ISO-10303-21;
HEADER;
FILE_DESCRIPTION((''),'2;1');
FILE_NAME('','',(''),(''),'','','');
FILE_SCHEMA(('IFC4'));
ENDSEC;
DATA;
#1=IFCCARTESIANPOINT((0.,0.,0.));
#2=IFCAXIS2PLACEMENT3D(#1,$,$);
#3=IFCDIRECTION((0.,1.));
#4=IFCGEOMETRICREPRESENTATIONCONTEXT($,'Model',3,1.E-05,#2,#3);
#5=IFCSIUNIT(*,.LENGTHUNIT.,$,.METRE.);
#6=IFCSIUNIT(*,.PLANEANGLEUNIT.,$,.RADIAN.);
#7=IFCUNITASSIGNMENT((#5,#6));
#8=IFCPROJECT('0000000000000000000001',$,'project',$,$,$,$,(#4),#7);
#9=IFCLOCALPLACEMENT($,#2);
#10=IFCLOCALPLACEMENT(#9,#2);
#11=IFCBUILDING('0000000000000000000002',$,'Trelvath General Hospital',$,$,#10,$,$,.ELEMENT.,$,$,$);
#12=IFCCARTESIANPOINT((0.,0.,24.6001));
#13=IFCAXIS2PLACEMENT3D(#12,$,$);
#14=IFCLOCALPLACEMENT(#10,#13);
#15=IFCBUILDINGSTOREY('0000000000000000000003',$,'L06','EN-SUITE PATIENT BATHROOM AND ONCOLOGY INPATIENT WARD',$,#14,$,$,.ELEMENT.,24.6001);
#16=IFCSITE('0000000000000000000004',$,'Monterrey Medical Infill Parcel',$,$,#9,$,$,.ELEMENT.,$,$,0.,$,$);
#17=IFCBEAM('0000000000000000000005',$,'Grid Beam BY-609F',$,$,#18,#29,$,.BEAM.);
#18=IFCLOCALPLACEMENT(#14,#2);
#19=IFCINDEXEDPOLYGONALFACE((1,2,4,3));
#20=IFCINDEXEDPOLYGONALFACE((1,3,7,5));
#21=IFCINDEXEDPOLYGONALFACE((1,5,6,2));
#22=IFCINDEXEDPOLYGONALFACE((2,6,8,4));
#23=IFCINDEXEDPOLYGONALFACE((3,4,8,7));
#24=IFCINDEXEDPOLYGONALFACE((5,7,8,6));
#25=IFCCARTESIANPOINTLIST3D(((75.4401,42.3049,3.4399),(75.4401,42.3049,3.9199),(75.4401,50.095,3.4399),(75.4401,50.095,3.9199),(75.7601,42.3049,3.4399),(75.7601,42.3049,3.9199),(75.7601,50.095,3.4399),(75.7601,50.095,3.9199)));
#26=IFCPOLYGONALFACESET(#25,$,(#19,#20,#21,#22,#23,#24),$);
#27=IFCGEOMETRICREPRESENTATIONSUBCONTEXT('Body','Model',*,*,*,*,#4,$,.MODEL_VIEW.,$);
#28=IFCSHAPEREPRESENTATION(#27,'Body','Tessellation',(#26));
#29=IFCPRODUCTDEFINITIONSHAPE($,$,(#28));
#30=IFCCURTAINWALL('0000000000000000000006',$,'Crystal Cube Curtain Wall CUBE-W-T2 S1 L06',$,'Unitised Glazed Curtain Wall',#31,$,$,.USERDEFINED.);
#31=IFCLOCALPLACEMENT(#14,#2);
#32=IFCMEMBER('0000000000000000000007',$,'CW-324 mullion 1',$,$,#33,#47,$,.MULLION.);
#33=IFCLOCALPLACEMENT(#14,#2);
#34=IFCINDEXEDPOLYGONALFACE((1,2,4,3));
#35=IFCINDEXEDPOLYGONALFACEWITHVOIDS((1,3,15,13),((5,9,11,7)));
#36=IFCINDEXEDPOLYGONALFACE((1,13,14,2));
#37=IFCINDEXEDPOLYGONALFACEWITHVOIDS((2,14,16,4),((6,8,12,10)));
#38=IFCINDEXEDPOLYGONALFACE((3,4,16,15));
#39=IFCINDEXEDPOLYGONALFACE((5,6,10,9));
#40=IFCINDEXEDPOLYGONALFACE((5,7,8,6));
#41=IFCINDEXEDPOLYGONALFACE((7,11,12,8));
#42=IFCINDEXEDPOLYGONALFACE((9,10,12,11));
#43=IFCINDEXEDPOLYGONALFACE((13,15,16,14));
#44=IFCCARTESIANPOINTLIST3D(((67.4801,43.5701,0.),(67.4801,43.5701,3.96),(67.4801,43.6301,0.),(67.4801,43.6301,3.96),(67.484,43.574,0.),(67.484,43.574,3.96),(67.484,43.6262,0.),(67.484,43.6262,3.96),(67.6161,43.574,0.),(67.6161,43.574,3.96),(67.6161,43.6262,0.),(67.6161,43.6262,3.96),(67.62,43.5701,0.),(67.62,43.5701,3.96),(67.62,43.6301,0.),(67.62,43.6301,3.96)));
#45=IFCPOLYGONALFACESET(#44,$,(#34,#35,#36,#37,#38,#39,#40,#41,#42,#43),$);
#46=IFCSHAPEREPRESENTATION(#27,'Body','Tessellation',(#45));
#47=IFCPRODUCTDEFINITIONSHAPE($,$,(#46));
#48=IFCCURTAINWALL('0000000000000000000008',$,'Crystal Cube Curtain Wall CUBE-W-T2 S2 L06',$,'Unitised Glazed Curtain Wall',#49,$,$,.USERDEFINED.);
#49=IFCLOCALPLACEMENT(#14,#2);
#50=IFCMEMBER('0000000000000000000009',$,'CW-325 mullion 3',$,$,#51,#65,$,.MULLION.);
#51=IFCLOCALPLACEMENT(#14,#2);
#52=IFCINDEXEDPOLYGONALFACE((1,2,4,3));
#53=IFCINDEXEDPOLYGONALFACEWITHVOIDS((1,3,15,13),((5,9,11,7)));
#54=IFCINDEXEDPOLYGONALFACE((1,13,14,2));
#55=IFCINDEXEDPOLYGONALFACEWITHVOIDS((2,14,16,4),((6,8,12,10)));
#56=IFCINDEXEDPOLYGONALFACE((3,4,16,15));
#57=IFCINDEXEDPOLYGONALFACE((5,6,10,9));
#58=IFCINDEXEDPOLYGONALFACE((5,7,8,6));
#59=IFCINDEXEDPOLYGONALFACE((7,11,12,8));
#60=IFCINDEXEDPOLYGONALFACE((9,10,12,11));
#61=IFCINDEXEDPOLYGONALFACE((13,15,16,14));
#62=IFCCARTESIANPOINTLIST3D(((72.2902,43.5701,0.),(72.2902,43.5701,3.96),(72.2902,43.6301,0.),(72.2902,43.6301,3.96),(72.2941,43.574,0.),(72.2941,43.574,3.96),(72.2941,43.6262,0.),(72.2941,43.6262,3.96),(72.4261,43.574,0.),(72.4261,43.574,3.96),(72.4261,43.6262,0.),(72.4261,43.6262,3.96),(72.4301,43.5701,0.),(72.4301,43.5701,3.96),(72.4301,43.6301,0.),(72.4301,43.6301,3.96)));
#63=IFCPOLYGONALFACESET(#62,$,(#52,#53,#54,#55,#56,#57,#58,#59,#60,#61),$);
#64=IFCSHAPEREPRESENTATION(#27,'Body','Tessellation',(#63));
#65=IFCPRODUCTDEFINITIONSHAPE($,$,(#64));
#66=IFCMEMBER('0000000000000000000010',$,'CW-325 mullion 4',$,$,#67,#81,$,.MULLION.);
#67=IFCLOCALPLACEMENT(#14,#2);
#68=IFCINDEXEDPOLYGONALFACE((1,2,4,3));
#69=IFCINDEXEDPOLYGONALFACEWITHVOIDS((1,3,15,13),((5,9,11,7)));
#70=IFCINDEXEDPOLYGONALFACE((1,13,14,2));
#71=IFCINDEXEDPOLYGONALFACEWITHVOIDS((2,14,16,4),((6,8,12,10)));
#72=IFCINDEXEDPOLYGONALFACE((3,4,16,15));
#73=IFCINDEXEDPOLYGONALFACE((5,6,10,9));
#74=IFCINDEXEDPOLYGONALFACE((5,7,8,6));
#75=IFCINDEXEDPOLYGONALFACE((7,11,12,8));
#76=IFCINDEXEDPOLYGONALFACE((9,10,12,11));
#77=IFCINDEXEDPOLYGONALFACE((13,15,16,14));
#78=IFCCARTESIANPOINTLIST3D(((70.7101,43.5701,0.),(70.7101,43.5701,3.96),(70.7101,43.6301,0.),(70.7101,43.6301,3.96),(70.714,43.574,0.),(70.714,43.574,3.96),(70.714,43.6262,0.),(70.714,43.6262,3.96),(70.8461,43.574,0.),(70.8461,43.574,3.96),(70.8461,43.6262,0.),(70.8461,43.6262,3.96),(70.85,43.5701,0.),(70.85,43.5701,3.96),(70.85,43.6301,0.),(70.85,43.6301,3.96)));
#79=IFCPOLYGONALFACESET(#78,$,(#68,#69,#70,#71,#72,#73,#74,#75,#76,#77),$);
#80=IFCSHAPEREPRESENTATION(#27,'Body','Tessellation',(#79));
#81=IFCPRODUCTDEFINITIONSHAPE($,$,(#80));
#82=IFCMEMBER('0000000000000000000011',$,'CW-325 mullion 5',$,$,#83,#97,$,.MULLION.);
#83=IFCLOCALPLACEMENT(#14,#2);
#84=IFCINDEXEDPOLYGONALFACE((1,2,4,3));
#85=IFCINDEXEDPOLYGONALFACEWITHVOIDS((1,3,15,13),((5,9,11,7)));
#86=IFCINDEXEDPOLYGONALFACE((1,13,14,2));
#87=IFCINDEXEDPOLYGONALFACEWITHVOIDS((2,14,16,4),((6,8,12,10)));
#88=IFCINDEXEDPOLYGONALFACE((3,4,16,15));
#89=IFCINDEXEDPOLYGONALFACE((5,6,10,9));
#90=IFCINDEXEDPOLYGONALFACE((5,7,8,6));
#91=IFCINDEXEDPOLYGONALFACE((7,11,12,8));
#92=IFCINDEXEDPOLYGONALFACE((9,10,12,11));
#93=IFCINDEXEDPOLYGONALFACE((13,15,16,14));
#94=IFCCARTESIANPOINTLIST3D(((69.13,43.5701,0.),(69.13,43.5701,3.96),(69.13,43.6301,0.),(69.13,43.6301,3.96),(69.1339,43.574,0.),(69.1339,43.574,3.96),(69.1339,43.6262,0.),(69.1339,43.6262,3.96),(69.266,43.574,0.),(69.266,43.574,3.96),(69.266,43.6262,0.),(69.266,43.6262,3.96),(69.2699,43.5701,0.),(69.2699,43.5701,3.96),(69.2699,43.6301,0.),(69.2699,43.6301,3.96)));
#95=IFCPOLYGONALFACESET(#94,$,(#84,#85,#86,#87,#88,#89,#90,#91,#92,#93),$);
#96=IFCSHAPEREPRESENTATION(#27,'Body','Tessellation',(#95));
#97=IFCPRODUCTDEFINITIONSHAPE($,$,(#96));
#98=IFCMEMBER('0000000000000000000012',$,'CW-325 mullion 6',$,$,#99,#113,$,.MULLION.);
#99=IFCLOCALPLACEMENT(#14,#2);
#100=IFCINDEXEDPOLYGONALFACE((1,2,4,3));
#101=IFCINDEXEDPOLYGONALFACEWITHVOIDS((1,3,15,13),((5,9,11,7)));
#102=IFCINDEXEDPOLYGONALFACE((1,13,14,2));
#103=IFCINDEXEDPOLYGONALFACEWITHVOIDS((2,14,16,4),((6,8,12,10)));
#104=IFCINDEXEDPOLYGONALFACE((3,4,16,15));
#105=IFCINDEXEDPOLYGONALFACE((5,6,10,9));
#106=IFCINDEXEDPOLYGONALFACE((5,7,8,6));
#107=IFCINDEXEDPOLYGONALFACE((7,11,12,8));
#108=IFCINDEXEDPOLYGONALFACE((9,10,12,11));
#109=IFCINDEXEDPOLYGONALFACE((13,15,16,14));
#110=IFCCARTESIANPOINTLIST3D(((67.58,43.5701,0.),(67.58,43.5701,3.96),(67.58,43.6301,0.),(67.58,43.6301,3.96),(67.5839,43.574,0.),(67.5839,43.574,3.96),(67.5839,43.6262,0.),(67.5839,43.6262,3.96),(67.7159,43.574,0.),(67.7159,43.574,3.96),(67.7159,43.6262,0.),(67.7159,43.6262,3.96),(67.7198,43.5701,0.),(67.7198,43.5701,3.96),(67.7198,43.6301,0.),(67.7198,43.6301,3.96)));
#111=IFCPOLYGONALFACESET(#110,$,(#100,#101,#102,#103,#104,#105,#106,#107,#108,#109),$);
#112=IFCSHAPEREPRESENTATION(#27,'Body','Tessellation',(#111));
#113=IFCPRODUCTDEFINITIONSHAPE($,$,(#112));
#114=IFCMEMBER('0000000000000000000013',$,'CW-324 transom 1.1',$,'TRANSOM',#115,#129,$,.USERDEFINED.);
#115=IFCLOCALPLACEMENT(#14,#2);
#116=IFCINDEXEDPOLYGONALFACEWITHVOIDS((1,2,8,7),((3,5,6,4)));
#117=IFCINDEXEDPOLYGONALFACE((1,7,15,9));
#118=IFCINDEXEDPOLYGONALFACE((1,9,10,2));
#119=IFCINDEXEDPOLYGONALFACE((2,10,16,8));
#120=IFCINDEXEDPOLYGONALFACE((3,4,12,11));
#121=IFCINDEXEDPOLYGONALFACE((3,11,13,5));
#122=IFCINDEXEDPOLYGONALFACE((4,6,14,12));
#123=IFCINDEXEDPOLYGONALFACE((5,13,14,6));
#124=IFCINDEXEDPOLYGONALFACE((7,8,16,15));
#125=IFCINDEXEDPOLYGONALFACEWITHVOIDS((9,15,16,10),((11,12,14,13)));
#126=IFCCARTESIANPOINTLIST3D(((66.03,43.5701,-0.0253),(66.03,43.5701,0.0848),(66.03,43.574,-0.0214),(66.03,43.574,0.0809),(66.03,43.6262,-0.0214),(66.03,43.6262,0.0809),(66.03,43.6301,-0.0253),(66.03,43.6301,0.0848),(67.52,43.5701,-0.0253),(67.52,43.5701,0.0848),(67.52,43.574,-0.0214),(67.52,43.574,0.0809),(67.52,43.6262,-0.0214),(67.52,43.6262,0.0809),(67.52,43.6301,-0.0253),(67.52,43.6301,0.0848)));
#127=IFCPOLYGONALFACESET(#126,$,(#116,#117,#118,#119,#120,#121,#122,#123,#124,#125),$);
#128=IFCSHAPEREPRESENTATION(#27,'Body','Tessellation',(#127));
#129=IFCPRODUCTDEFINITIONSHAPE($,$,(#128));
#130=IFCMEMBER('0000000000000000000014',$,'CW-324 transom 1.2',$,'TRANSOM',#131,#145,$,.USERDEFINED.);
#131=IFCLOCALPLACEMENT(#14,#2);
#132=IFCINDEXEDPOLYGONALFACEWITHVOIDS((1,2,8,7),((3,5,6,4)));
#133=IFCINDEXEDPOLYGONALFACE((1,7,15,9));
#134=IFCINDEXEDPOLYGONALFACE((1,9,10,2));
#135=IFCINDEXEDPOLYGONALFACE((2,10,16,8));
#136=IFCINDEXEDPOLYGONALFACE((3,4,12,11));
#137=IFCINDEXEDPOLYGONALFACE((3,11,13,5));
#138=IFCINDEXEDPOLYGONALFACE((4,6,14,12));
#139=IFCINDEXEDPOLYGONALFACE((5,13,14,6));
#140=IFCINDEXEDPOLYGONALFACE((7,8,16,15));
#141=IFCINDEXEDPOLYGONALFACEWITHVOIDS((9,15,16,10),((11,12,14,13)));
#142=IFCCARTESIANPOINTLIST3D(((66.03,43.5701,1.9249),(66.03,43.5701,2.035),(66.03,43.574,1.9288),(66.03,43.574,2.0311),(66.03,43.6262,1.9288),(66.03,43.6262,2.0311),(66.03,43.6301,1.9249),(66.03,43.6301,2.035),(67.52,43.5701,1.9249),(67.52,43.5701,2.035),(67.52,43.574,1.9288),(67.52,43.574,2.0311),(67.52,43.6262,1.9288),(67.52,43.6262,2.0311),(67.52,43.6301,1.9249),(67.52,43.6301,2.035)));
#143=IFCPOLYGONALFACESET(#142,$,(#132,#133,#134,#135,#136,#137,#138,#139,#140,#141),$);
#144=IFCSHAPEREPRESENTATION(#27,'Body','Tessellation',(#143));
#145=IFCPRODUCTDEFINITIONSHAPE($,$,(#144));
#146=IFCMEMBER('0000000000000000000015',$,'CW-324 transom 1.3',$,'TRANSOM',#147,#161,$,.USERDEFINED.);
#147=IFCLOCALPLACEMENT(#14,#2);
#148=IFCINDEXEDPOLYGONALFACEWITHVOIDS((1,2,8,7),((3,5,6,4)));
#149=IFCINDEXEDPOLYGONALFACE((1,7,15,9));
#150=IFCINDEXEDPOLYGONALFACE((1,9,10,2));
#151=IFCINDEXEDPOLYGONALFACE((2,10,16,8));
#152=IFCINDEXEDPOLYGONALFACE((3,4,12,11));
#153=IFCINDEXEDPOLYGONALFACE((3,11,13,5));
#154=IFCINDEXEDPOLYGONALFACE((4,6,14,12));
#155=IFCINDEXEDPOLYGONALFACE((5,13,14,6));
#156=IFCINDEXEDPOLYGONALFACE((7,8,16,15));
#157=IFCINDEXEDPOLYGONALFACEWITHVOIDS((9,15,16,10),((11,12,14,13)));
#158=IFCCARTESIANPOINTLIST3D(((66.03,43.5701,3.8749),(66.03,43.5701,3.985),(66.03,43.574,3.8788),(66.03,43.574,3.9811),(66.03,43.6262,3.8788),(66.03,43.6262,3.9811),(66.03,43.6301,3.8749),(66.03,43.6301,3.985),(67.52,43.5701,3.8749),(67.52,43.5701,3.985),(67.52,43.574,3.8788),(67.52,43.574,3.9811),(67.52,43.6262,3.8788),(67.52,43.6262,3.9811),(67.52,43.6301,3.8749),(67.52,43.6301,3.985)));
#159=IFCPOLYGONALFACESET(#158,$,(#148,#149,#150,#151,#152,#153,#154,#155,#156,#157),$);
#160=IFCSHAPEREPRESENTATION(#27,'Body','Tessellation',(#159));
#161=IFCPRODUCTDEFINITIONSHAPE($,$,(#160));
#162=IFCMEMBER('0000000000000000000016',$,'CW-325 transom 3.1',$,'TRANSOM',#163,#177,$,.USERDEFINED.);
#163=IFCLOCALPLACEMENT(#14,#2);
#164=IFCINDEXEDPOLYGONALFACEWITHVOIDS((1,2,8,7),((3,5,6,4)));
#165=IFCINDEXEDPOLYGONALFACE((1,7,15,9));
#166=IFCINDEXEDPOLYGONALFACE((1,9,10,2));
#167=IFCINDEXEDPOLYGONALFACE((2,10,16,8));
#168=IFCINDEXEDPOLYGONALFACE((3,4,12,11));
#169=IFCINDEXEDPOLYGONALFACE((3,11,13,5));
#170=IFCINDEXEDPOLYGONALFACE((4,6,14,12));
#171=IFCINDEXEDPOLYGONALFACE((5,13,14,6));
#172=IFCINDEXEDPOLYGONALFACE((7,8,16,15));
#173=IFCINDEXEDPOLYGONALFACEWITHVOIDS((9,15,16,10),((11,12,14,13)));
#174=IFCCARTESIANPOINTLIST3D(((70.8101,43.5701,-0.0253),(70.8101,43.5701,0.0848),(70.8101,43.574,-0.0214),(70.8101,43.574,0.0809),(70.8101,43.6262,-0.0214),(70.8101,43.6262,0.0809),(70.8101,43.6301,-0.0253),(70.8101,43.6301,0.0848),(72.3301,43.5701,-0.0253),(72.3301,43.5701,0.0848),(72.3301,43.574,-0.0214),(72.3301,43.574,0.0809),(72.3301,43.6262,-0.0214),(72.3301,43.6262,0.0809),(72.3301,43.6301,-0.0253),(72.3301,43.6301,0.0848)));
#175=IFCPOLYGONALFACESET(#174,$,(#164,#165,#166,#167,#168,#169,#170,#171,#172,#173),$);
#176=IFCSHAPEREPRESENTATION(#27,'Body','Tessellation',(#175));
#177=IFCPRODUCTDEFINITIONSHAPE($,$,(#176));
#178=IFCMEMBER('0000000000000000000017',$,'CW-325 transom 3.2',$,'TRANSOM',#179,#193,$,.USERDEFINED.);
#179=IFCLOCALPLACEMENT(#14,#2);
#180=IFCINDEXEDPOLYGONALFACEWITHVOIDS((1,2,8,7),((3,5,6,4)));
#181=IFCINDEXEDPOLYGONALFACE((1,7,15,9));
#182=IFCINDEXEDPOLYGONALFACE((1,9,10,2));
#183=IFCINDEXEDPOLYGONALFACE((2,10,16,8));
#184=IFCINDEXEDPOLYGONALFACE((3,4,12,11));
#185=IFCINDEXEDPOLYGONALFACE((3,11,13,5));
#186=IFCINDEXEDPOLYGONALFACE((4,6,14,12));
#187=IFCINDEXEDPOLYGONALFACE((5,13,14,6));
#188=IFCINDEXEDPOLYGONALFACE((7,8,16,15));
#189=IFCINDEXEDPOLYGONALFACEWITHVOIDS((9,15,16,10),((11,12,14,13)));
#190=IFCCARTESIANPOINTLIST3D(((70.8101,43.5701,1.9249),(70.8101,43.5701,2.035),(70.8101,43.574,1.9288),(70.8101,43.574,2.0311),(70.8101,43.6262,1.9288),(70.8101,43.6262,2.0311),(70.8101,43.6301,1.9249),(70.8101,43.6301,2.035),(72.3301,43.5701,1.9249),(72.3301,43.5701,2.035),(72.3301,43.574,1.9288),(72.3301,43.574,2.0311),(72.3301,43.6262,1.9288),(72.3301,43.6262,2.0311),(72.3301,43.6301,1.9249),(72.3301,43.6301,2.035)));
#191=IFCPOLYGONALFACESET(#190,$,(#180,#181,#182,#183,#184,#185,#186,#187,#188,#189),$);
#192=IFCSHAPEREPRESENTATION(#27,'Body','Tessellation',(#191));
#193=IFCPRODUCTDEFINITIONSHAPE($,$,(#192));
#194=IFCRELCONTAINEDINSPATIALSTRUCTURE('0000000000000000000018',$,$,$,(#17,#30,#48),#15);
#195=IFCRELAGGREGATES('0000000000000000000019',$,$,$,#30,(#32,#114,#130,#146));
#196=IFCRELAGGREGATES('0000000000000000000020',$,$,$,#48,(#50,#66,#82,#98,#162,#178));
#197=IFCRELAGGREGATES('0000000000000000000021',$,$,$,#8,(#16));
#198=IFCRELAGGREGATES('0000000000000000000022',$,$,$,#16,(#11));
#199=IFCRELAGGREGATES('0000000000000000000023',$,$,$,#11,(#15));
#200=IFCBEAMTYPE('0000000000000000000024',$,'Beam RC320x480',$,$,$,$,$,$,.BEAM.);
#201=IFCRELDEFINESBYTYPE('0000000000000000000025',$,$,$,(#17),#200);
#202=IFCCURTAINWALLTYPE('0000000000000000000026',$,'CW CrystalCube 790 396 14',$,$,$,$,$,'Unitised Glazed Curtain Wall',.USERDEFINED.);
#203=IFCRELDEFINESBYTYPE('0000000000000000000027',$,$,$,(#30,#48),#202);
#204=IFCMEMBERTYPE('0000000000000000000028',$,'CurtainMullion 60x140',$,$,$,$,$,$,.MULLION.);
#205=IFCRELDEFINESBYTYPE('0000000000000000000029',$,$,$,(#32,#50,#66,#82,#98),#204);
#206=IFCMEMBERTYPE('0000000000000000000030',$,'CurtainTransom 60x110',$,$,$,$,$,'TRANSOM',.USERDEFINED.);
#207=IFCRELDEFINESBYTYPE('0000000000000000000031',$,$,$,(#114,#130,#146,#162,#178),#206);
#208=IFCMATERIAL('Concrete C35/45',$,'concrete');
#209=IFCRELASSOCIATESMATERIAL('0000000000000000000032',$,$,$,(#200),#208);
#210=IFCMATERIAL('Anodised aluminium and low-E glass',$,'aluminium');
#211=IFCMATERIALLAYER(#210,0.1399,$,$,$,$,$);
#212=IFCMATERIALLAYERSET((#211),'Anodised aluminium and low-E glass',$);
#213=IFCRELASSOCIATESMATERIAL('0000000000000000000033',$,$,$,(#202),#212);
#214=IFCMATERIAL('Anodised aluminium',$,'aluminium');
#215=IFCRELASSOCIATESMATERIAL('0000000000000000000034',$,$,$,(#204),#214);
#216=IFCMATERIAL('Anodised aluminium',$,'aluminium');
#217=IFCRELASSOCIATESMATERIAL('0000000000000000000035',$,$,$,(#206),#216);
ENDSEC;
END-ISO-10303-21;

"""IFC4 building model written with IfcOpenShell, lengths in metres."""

from ifc_helpers import new_model, si_unit, direction, frame, origin, origin_2d, place, context, subcontext, project, spatial, rectangle, hollow_rectangle, extrude, material, layer, layer_set, material_profile, profile_set, type_object, element, aggregate, save


model = new_model("IFC4")

# Units and contexts
model_context = context("Model", 3, precision=1e-05, world=origin(), true_north=direction((0.0, 1.0)))
body_context = subcontext(model_context, "Body", "Model", "MODEL_VIEW")
ifc_project = project(units=[si_unit("LENGTHUNIT", "METRE"), si_unit("PLANEANGLEUNIT", "RADIAN")], contexts=[model_context])

# Site, building, storey
site_placement = place(None, origin())
site = spatial("IfcSite", under=ifc_project, at=site_placement, Name="Monterrey Medical Infill Parcel", CompositionType="ELEMENT", RefElevation=0.0)
building_placement = place(site_placement, origin())
building = spatial("IfcBuilding", under=site, at=building_placement, Name="Trelvath General Hospital", CompositionType="ELEMENT")
storey_placement = place(building_placement, frame((0.0, 0.0, 24.6001)))
storey = spatial("IfcBuildingStorey", under=building, at=storey_placement, Name="L06", Description="EN-SUITE PATIENT BATHROOM AND ONCOLOGY INPATIENT WARD", CompositionType="ELEMENT", Elevation=24.6001)

# Beam
ifc_material_1 = material(Name="Concrete C35/45", Category="concrete")
ifc_material_profile_1 = material_profile(ifc_material_1, rectangle(XDim=0.3201, YDim=0.48, at=origin_2d()), Name="RCB320x480")
ifc_profile_set_1 = profile_set([ifc_material_profile_1], Name="Concrete C35/45")
beam_type = type_object("IfcBeamType", Name="Beam RC320x480", PredefinedType="BEAM", material=ifc_profile_set_1)
beam_placement = place(storey_placement, frame((75.6001, 42.3049, 3.6799), z_axis=(0.0, 1.0, 0.0), x_axis=(-1.0, 0.0, 0.0)))
element("IfcBeam", 1, at=beam_placement, inside=storey, type_object=beam_type, Name="Grid Beam BY-609F", PredefinedType="BEAM", context=body_context, shape_type="SweptSolid", body=[
    extrude(rectangle(XDim=0.3201, YDim=0.48, at=origin_2d()), origin(), (0.0, 0.0, 1.0), 7.79),
])

# Curtain wall, member
ifc_material_2 = material(Name="Anodised aluminium and low-E glass", Category="aluminium")
ifc_layer_1 = layer(ifc_material_2, 0.1399)
ifc_layer_set_1 = layer_set([ifc_layer_1], Name="Anodised aluminium and low-E glass")
curtain_wall_type = type_object("IfcCurtainWallType", Name="CW CrystalCube 790 396 14", ElementType="Unitised Glazed Curtain Wall", PredefinedType="USERDEFINED", material=ifc_layer_set_1)
curtain_wall_1_placement = place(storey_placement, origin())
curtain_wall_1 = element("IfcCurtainWall", 2, at=curtain_wall_1_placement, inside=storey, type_object=curtain_wall_type, Name="Crystal Cube Curtain Wall CUBE-W-T2 S1 L06", ObjectType="Unitised Glazed Curtain Wall", PredefinedType="USERDEFINED")
ifc_material_3 = material(Name="Anodised aluminium", Category="aluminium")
ifc_material_profile_2 = material_profile(ifc_material_3, hollow_rectangle(XDim=0.0601, YDim=0.1399, WallThickness=0.0039, at=origin_2d()), Name="RHS60x140x4")
ifc_profile_set_2 = profile_set([ifc_material_profile_2], Name="Anodised aluminium")
member_type_1 = type_object("IfcMemberType", Name="CurtainMullion 60x140", PredefinedType="MULLION", material=ifc_profile_set_2)
member_1_placement = place(storey_placement, frame((67.55, 43.6001, 0.0), z_axis=(0.0, 0.0, 1.0), x_axis=(0.0, -1.0, 0.0)))
member_1 = element("IfcMember", 3, at=member_1_placement, type_object=member_type_1, Name="CW-324 mullion 1", PredefinedType="MULLION", context=body_context, shape_type="SweptSolid", body=[
    extrude(hollow_rectangle(XDim=0.0601, YDim=0.1399, WallThickness=0.0039, at=origin_2d()), origin(), (0.0, 0.0, 1.0), 3.96),
])

# Curtain wall, members
curtain_wall_2_placement = place(storey_placement, origin())
curtain_wall_2 = element("IfcCurtainWall", 4, at=curtain_wall_2_placement, inside=storey, type_object=curtain_wall_type, Name="Crystal Cube Curtain Wall CUBE-W-T2 S2 L06", ObjectType="Unitised Glazed Curtain Wall", PredefinedType="USERDEFINED")
member_2_placement = place(storey_placement, frame((72.3601, 43.6001, 0.0), z_axis=(0.0, 0.0, 1.0), x_axis=(0.0, -1.0, 0.0)))
member_2 = element("IfcMember", 5, at=member_2_placement, type_object=member_type_1, Name="CW-325 mullion 3", PredefinedType="MULLION", context=body_context, shape_type="SweptSolid", body=[
    extrude(hollow_rectangle(XDim=0.0601, YDim=0.1399, WallThickness=0.0039, at=origin_2d()), origin(), (0.0, 0.0, 1.0), 3.96),
])
member_3_placement = place(storey_placement, frame((70.78, 43.6001, 0.0), z_axis=(0.0, 0.0, 1.0), x_axis=(0.0, -1.0, 0.0)))
member_3 = element("IfcMember", 6, at=member_3_placement, type_object=member_type_1, Name="CW-325 mullion 4", PredefinedType="MULLION", context=body_context, shape_type="SweptSolid", body=[
    extrude(hollow_rectangle(XDim=0.0601, YDim=0.1399, WallThickness=0.0039, at=origin_2d()), origin(), (0.0, 0.0, 1.0), 3.96),
])
member_4_placement = place(storey_placement, frame((69.2, 43.6001, 0.0), z_axis=(0.0, 0.0, 1.0), x_axis=(0.0, -1.0, 0.0)))
member_4 = element("IfcMember", 7, at=member_4_placement, type_object=member_type_1, Name="CW-325 mullion 5", PredefinedType="MULLION", context=body_context, shape_type="SweptSolid", body=[
    extrude(hollow_rectangle(XDim=0.0601, YDim=0.1399, WallThickness=0.0039, at=origin_2d()), origin(), (0.0, 0.0, 1.0), 3.96),
])
member_5_placement = place(storey_placement, frame((67.6499, 43.6001, 0.0), z_axis=(0.0, 0.0, 1.0), x_axis=(0.0, -1.0, 0.0)))
member_5 = element("IfcMember", 8, at=member_5_placement, type_object=member_type_1, Name="CW-325 mullion 6", PredefinedType="MULLION", context=body_context, shape_type="SweptSolid", body=[
    extrude(hollow_rectangle(XDim=0.0601, YDim=0.1399, WallThickness=0.0039, at=origin_2d()), origin(), (0.0, 0.0, 1.0), 3.96),
])

# Members
ifc_material_4 = material(Name="Anodised aluminium", Category="aluminium")
ifc_material_profile_3 = material_profile(ifc_material_4, hollow_rectangle(XDim=0.0601, YDim=0.1101, WallThickness=0.0039, at=origin_2d()), Name="RHS60x110x4")
ifc_profile_set_3 = profile_set([ifc_material_profile_3], Name="Anodised aluminium")
member_type_2 = type_object("IfcMemberType", Name="CurtainTransom 60x110", ElementType="TRANSOM", PredefinedType="USERDEFINED", material=ifc_profile_set_3)
member_6_placement = place(storey_placement, frame((67.52, 43.6001, 0.0298), z_axis=(-1.0, 0.0, 0.0), x_axis=(0.0, -1.0, 0.0)))
member_6 = element("IfcMember", 9, at=member_6_placement, type_object=member_type_2, Name="CW-324 transom 1.1", ObjectType="TRANSOM", PredefinedType="USERDEFINED", context=body_context, shape_type="SweptSolid", body=[
    extrude(hollow_rectangle(XDim=0.0601, YDim=0.1101, WallThickness=0.0039, at=origin_2d()), origin(), (0.0, 0.0, 1.0), 1.49),
])
member_7_placement = place(storey_placement, frame((67.52, 43.6001, 1.98), z_axis=(-1.0, 0.0, 0.0), x_axis=(0.0, -1.0, 0.0)))
member_7 = element("IfcMember", 10, at=member_7_placement, type_object=member_type_2, Name="CW-324 transom 1.2", ObjectType="TRANSOM", PredefinedType="USERDEFINED", context=body_context, shape_type="SweptSolid", body=[
    extrude(hollow_rectangle(XDim=0.0601, YDim=0.1101, WallThickness=0.0039, at=origin_2d()), origin(), (0.0, 0.0, 1.0), 1.49),
])
member_8_placement = place(storey_placement, frame((67.52, 43.6001, 3.9299), z_axis=(-1.0, 0.0, 0.0), x_axis=(0.0, -1.0, 0.0)))
member_8 = element("IfcMember", 11, at=member_8_placement, type_object=member_type_2, Name="CW-324 transom 1.3", ObjectType="TRANSOM", PredefinedType="USERDEFINED", context=body_context, shape_type="SweptSolid", body=[
    extrude(hollow_rectangle(XDim=0.0601, YDim=0.1101, WallThickness=0.0039, at=origin_2d()), origin(), (0.0, 0.0, 1.0), 1.49),
])
aggregate(curtain_wall_1, [member_1, member_6, member_7, member_8])
member_9_placement = place(storey_placement, frame((72.3301, 43.6001, 0.0298), z_axis=(-1.0, 0.0, 0.0), x_axis=(0.0, -1.0, 0.0)))
member_9 = element("IfcMember", 12, at=member_9_placement, type_object=member_type_2, Name="CW-325 transom 3.1", ObjectType="TRANSOM", PredefinedType="USERDEFINED", context=body_context, shape_type="SweptSolid", body=[
    extrude(hollow_rectangle(XDim=0.0601, YDim=0.1101, WallThickness=0.0039, at=origin_2d()), origin(), (0.0, 0.0, 1.0), 1.52),
])
member_10_placement = place(storey_placement, frame((72.3301, 43.6001, 1.98), z_axis=(-1.0, 0.0, 0.0), x_axis=(0.0, -1.0, 0.0)))
member_10 = element("IfcMember", 13, at=member_10_placement, type_object=member_type_2, Name="CW-325 transom 3.2", ObjectType="TRANSOM", PredefinedType="USERDEFINED", context=body_context, shape_type="SweptSolid", body=[
    extrude(hollow_rectangle(XDim=0.0601, YDim=0.1101, WallThickness=0.0039, at=origin_2d()), origin(), (0.0, 0.0, 1.0), 1.52),
])

aggregate(curtain_wall_2, [member_2, member_3, member_4, member_5, member_9, member_10])

save(model, "model.ifc")
